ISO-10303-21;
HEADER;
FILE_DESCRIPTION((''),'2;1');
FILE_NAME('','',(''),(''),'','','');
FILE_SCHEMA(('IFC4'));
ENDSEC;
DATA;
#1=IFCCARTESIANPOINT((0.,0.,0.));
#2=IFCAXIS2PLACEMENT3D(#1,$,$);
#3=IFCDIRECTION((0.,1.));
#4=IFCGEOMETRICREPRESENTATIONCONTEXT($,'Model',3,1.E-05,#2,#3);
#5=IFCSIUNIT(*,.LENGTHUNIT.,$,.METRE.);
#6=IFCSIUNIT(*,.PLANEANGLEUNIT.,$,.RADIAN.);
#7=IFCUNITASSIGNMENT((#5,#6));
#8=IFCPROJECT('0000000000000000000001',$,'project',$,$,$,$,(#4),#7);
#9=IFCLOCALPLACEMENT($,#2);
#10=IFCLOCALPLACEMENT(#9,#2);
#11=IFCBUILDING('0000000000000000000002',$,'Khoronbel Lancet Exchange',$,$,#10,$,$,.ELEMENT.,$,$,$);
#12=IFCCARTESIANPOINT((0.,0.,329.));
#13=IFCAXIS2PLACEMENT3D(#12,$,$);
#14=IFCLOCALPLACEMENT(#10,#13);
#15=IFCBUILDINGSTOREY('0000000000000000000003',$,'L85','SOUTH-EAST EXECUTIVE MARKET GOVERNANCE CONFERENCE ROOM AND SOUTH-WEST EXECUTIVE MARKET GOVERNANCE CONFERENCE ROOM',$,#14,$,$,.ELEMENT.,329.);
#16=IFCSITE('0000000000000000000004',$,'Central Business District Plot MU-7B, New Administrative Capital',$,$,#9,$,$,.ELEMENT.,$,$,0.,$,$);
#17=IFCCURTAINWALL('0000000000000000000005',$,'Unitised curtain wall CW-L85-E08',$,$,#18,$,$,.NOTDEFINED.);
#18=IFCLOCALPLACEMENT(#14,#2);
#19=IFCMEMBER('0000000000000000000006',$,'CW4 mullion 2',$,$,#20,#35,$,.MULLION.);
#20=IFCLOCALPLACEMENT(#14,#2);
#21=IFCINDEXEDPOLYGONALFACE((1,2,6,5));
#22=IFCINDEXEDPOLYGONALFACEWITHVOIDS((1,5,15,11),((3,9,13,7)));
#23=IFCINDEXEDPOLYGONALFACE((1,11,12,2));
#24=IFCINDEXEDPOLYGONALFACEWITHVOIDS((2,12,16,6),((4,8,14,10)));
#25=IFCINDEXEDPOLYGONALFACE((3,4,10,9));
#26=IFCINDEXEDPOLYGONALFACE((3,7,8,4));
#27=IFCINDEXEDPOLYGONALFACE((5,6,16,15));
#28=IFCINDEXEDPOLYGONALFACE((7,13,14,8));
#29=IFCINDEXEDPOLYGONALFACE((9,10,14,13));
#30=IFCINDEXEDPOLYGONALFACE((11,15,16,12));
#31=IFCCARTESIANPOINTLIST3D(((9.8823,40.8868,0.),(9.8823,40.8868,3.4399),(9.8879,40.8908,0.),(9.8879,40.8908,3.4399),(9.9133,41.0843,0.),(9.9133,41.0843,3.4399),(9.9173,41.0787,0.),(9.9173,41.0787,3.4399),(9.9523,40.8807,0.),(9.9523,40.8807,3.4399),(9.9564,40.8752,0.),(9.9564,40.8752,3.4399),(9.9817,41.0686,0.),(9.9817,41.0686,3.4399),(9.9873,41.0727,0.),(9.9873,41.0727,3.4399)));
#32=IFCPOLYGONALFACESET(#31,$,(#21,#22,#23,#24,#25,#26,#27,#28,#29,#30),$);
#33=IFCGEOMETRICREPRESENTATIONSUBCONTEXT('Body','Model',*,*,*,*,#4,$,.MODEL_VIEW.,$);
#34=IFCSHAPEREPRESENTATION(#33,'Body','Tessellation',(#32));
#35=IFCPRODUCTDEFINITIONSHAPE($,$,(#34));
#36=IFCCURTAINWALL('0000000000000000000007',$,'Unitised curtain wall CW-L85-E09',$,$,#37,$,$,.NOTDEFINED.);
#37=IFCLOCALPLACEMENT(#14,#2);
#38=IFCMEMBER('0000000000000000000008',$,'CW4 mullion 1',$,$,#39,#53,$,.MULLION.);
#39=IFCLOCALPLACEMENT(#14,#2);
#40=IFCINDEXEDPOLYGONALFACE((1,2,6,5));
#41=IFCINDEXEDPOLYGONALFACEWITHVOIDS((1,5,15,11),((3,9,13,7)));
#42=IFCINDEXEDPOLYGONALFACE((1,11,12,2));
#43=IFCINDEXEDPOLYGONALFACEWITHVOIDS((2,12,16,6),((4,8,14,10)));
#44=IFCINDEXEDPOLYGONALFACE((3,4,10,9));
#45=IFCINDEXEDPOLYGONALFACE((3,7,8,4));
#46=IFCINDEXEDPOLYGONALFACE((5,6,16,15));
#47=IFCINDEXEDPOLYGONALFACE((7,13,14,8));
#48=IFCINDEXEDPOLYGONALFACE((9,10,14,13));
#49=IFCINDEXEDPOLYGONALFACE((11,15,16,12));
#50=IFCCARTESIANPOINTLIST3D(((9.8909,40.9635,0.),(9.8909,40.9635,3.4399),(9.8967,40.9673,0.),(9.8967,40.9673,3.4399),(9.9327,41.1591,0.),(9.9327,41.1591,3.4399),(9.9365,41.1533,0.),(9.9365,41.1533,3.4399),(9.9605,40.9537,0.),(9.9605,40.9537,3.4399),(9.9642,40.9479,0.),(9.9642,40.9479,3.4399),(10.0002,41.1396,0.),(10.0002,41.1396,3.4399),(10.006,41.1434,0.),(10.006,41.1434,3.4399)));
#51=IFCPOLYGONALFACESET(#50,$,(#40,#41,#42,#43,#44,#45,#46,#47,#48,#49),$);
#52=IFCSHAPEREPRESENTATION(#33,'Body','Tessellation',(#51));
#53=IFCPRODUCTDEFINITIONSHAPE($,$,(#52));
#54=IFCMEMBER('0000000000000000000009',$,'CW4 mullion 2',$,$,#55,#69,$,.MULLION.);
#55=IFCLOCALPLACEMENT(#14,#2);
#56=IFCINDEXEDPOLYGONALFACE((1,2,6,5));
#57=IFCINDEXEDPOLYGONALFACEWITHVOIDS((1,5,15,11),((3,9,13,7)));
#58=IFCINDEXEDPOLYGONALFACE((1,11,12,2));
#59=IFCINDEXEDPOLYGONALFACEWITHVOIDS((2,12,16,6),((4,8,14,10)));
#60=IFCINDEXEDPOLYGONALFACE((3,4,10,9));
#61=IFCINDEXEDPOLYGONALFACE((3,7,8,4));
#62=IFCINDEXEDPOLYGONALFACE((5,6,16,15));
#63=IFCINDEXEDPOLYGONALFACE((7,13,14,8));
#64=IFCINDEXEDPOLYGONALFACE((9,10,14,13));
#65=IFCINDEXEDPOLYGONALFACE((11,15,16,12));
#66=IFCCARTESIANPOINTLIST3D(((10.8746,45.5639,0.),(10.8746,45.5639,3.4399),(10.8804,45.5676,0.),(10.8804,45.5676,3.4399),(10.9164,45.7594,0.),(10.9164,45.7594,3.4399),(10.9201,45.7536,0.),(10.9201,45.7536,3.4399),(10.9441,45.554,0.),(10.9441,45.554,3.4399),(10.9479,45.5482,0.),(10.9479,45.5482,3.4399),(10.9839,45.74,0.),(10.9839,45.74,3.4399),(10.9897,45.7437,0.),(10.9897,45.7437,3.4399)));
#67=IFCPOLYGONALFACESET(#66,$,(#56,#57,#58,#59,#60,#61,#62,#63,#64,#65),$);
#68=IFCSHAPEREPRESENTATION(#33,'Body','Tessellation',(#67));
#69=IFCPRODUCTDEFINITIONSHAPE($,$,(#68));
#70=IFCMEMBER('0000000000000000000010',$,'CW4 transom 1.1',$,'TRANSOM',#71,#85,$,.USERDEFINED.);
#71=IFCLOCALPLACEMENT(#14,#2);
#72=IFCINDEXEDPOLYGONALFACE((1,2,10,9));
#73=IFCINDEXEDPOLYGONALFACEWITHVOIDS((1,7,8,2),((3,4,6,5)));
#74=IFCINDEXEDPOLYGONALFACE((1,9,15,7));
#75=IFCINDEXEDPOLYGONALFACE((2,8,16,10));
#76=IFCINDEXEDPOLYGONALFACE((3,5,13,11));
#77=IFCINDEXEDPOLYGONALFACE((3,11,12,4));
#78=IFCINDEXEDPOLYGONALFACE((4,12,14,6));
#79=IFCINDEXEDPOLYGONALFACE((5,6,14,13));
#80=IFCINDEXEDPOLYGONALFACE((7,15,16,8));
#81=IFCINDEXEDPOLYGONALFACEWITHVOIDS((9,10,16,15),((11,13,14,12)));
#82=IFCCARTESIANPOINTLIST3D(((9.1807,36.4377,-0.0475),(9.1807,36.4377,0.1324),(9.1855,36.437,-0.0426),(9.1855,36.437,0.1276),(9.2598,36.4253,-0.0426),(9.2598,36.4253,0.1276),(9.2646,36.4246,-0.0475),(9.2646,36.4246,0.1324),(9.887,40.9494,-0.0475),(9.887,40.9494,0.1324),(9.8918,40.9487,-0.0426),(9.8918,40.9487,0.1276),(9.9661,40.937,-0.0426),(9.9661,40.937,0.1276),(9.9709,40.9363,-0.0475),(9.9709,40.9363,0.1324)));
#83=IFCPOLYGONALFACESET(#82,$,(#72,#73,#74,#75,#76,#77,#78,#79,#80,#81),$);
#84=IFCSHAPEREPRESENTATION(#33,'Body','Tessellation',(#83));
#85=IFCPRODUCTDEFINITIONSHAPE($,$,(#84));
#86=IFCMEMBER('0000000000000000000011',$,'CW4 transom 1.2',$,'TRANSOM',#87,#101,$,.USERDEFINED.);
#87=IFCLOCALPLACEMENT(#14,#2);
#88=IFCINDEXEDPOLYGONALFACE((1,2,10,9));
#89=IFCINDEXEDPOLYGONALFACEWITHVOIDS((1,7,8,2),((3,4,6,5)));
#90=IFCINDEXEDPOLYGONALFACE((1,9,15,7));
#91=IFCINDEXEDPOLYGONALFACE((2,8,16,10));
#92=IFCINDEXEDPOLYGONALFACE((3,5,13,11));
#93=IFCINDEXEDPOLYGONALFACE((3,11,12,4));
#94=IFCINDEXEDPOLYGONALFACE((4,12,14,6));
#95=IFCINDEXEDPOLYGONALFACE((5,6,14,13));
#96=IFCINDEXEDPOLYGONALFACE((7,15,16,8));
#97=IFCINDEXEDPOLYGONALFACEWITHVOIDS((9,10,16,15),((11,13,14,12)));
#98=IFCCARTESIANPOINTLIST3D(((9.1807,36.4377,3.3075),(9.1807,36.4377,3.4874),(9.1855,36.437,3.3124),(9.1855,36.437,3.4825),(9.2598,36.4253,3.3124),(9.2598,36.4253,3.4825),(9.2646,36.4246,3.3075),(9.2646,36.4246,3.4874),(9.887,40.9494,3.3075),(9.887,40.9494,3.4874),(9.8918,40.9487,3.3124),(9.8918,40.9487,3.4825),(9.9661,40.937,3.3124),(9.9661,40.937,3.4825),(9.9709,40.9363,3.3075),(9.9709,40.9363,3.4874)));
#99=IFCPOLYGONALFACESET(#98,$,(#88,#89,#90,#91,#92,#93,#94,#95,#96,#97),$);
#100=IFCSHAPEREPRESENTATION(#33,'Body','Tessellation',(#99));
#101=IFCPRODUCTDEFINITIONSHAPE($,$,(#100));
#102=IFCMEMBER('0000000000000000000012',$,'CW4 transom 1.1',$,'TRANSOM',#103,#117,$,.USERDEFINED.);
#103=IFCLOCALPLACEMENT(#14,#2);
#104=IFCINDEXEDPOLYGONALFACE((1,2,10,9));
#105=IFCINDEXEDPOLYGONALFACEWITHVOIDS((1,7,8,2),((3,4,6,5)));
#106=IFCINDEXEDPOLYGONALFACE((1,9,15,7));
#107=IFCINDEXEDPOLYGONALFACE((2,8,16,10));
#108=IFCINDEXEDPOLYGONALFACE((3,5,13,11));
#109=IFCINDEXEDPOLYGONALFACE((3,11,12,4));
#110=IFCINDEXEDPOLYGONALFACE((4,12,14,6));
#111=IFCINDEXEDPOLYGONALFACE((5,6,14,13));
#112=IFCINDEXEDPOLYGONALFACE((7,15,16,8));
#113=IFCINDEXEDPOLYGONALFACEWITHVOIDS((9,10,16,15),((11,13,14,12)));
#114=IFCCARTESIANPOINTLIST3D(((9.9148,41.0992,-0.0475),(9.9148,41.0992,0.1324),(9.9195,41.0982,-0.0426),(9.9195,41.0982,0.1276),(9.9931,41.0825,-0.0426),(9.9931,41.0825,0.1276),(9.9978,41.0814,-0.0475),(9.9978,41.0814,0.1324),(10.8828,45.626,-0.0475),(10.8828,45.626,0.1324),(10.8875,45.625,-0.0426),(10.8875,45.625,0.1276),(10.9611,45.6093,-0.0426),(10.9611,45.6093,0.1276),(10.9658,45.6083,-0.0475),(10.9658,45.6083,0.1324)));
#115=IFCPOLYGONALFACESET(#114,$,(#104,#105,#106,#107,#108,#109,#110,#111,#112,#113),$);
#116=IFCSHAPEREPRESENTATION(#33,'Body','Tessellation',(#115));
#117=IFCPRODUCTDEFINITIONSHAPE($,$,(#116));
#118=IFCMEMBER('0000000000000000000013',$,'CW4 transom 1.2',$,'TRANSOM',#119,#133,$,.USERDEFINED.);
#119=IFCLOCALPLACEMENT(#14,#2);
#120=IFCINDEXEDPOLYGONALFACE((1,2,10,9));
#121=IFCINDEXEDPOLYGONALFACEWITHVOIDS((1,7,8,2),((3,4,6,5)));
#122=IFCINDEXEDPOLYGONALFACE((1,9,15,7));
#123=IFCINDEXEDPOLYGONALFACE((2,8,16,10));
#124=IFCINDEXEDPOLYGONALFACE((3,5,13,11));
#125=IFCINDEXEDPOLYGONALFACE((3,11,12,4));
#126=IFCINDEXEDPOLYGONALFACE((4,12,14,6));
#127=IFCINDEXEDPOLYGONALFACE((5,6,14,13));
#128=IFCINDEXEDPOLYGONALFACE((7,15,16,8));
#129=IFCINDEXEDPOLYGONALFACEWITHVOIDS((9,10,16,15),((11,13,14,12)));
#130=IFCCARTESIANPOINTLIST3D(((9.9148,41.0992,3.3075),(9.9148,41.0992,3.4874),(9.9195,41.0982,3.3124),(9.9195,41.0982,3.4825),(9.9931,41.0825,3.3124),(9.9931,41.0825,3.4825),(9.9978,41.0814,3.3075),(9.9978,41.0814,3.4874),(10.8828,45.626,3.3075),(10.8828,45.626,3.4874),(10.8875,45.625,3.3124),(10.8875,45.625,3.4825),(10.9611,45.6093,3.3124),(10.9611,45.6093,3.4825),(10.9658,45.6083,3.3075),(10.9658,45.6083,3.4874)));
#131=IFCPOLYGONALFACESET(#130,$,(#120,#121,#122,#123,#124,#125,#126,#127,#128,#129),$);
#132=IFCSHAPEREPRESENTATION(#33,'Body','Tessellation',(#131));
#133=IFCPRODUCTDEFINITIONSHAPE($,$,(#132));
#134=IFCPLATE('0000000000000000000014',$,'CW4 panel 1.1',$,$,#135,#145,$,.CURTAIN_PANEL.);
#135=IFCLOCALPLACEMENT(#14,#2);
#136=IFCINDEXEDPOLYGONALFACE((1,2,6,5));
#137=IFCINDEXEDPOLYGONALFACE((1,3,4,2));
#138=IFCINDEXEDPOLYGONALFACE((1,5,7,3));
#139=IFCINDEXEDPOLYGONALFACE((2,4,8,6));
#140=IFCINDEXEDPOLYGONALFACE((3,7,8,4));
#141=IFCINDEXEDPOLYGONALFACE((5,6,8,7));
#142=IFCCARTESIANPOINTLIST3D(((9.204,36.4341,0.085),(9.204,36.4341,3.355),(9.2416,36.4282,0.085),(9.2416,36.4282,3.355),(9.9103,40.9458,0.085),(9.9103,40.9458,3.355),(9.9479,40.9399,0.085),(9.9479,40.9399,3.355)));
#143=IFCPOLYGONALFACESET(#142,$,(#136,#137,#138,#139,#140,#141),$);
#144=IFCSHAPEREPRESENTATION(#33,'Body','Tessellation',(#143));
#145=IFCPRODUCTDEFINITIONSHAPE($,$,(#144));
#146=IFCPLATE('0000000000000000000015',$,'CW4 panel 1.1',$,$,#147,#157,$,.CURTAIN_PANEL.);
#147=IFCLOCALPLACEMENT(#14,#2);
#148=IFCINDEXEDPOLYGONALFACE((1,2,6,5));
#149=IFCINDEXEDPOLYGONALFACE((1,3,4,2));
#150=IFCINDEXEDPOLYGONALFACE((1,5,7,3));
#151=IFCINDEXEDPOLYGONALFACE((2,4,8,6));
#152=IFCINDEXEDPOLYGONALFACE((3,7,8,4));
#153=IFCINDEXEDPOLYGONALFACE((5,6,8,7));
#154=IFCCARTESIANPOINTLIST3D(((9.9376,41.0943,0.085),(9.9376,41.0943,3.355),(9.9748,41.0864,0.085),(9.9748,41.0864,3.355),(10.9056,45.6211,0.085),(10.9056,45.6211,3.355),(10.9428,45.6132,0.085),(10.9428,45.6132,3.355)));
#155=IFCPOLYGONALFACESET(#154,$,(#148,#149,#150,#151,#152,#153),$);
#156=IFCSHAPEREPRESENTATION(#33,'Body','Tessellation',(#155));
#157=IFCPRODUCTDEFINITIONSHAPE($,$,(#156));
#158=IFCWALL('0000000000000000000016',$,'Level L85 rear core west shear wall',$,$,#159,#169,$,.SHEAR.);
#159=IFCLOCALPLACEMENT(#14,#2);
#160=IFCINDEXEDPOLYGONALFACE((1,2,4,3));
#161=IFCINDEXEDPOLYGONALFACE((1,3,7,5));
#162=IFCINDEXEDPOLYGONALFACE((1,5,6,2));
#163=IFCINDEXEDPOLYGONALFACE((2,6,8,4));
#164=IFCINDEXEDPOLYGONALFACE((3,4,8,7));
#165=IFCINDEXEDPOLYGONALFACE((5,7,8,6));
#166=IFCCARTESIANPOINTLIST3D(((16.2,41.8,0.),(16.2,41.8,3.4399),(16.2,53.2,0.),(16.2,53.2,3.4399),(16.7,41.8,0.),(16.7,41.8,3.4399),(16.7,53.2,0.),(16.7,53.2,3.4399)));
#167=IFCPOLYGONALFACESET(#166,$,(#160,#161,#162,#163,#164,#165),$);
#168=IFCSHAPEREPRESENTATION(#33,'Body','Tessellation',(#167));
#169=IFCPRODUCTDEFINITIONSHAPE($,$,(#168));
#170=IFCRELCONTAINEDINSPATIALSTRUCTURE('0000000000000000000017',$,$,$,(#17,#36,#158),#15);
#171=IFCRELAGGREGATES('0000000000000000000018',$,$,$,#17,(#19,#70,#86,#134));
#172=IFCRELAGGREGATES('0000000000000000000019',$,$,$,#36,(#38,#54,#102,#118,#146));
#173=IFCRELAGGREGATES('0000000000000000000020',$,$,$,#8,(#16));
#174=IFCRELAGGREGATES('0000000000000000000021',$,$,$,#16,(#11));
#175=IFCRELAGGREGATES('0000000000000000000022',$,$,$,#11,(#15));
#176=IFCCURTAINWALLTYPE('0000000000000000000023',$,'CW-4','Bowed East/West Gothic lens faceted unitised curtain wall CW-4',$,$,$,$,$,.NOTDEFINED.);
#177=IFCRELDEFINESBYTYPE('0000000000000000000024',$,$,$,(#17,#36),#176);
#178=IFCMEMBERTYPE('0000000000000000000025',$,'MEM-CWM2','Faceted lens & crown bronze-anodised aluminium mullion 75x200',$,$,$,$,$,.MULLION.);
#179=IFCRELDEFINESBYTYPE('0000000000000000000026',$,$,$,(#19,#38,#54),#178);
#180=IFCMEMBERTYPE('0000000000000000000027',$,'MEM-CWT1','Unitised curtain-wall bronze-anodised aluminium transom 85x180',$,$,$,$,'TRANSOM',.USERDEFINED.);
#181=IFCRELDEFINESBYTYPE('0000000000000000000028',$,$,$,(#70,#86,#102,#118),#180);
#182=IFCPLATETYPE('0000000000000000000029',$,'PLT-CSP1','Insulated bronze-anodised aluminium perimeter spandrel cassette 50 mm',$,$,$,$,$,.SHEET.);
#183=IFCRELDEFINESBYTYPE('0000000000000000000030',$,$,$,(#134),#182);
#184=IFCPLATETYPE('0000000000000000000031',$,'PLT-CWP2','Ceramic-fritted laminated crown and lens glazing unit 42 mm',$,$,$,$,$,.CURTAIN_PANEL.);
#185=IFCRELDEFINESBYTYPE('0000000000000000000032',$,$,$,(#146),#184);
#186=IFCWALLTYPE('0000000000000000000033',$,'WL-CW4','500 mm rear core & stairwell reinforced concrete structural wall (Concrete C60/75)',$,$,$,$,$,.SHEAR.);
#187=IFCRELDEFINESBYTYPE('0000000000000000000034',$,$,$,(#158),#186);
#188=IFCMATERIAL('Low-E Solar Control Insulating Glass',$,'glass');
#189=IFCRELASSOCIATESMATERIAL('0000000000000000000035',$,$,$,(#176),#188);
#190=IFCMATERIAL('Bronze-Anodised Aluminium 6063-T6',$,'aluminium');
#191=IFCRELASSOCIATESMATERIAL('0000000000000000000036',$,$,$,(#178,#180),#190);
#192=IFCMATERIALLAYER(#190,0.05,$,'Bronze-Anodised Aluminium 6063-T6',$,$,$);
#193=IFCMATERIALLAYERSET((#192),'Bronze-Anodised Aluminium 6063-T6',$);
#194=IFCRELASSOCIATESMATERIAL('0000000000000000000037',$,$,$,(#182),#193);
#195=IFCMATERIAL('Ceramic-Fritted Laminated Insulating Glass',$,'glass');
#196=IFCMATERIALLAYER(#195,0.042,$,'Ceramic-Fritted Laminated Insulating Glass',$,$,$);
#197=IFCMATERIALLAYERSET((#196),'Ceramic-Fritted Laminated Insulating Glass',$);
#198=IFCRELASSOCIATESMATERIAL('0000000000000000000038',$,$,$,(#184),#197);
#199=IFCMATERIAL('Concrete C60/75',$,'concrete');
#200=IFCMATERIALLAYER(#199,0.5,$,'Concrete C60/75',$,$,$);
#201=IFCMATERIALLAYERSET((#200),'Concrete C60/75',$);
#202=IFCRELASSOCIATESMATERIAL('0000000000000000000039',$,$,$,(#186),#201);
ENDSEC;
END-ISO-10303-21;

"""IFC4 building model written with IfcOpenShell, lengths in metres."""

from ifc_helpers import new_model, si_unit, direction, frame, frame_2d, origin, origin_2d, place, context, subcontext, project, spatial, rectangle, hollow_rectangle, extrude, material, layer, layer_set, material_profile, profile_set, type_object, element, aggregate, save


model = new_model("IFC4")

# Units and contexts
model_context = context("Model", 3, precision=1e-05, world=origin(), true_north=direction((0.0, 1.0)))
body_context = subcontext(model_context, "Body", "Model", "MODEL_VIEW")
ifc_project = project(units=[si_unit("LENGTHUNIT", "METRE"), si_unit("PLANEANGLEUNIT", "RADIAN")], contexts=[model_context])

# Site, building, storey
site_placement = place(None, origin())
site = spatial("IfcSite", under=ifc_project, at=site_placement, Name="Central Business District Plot MU-7B, New Administrative Capital", CompositionType="ELEMENT", RefElevation=0.0)
building_placement = place(site_placement, origin())
building = spatial("IfcBuilding", under=site, at=building_placement, Name="Khoronbel Lancet Exchange", CompositionType="ELEMENT")
storey_placement = place(building_placement, frame((0.0, 0.0, 329.0)))
storey = spatial("IfcBuildingStorey", under=building, at=storey_placement, Name="L85", Description="SOUTH-EAST EXECUTIVE MARKET GOVERNANCE CONFERENCE ROOM AND SOUTH-WEST EXECUTIVE MARKET GOVERNANCE CONFERENCE ROOM", CompositionType="ELEMENT", Elevation=329.0)

# Shared definitions
ifc_material_1 = material(Name="Low-E Solar Control Insulating Glass", Category="glass")
curtain_wall_type = type_object("IfcCurtainWallType", Name="CW-4", Description="Bowed East/West Gothic lens faceted unitised curtain wall CW-4", PredefinedType="NOTDEFINED", material=ifc_material_1)
ifc_material_2 = material(Name="Bronze-Anodised Aluminium 6063-T6", Category="aluminium")
ifc_material_profile_1 = material_profile(ifc_material_2, hollow_rectangle(XDim=0.075, YDim=0.2, WallThickness=0.0049, at=origin_2d()), Name="ALU MULLION 75x200")
ifc_profile_set_1 = profile_set([ifc_material_profile_1], Name="Bronze-Anodised Aluminium 6063-T6")
member_type_1 = type_object("IfcMemberType", Name="MEM-CWM2", Description="Faceted lens & crown bronze-anodised aluminium mullion 75x200", PredefinedType="MULLION", material=ifc_profile_set_1)

# Curtain walls, members
curtain_wall_1_placement = place(storey_placement, origin())
curtain_wall_1 = element("IfcCurtainWall", 1, at=curtain_wall_1_placement, inside=storey, type_object=curtain_wall_type, Name="Unitised curtain wall CW-L85-E08", PredefinedType="NOTDEFINED")
member_1_placement = place(storey_placement, frame((9.9348, 40.9797, 0.0), z_axis=(0.0, 0.0, 1.0), x_axis=(-0.987967, 0.154668, 0.0)))
member_1 = element("IfcMember", 2, at=member_1_placement, type_object=member_type_1, Name="CW4 mullion 2", PredefinedType="MULLION", context=body_context, shape_type="SweptSolid", body=[
    extrude(hollow_rectangle(XDim=0.075, YDim=0.2, WallThickness=0.0049, at=origin_2d()), origin(), (0.0, 0.0, 1.0), 3.4399),
])
curtain_wall_2_placement = place(storey_placement, origin())
curtain_wall_2 = element("IfcCurtainWall", 3, at=curtain_wall_2_placement, inside=storey, type_object=curtain_wall_type, Name="Unitised curtain wall CW-L85-E09", PredefinedType="NOTDEFINED")
member_2_placement = place(storey_placement, frame((9.9485, 41.0535, 0.0), z_axis=(0.0, 0.0, 1.0), x_axis=(-0.977892, 0.209112, 0.0)))
member_2 = element("IfcMember", 4, at=member_2_placement, type_object=member_type_1, Name="CW4 mullion 1", PredefinedType="MULLION", context=body_context, shape_type="SweptSolid", body=[
    extrude(hollow_rectangle(XDim=0.075, YDim=0.2, WallThickness=0.0049, at=origin_2d()), origin(), (0.0, 0.0, 1.0), 3.4399),
])
member_3_placement = place(storey_placement, frame((10.9321, 45.6538, 0.0), z_axis=(0.0, 0.0, 1.0), x_axis=(-0.977892, 0.209112, 0.0)))
member_3 = element("IfcMember", 5, at=member_3_placement, type_object=member_type_1, Name="CW4 mullion 2", PredefinedType="MULLION", context=body_context, shape_type="SweptSolid", body=[
    extrude(hollow_rectangle(XDim=0.075, YDim=0.2, WallThickness=0.0049, at=origin_2d()), origin(), (0.0, 0.0, 1.0), 3.4399),
])

# Members
ifc_material_profile_2 = material_profile(ifc_material_2, hollow_rectangle(XDim=0.085, YDim=0.1799, WallThickness=0.0049, at=origin_2d()), Name="ALU TRANSOM 85x180")
ifc_profile_set_2 = profile_set([ifc_material_profile_2], Name="Bronze-Anodised Aluminium 6063-T6")
member_type_2 = type_object("IfcMemberType", Name="MEM-CWT1", Description="Unitised curtain-wall bronze-anodised aluminium transom 85x180", ElementType="TRANSOM", PredefinedType="USERDEFINED", material=ifc_profile_set_2)
member_4_placement = place(storey_placement, frame((9.2227, 36.4312, 0.0425), z_axis=(0.154664, 0.987967, 0.0), x_axis=(-0.987967, 0.154664, 0.0)))
member_4 = element("IfcMember", 6, at=member_4_placement, type_object=member_type_2, Name="CW4 transom 1.1", ObjectType="TRANSOM", PredefinedType="USERDEFINED", context=body_context, shape_type="SweptSolid", body=[
    extrude(hollow_rectangle(XDim=0.085, YDim=0.1799, WallThickness=0.0049, at=origin_2d()), origin(), (0.0, 0.0, 1.0), 4.5667),
])
member_5_placement = place(storey_placement, frame((9.2227, 36.4312, 3.3975), z_axis=(0.154664, 0.987967, 0.0), x_axis=(-0.987967, 0.154664, 0.0)))
member_5 = element("IfcMember", 7, at=member_5_placement, type_object=member_type_2, Name="CW4 transom 1.2", ObjectType="TRANSOM", PredefinedType="USERDEFINED", context=body_context, shape_type="SweptSolid", body=[
    extrude(hollow_rectangle(XDim=0.085, YDim=0.1799, WallThickness=0.0049, at=origin_2d()), origin(), (0.0, 0.0, 1.0), 4.5667),
])
member_6_placement = place(storey_placement, frame((9.9563, 41.0903, 0.0425), z_axis=(0.209111, 0.977892, 0.0), x_axis=(-0.977892, 0.209111, 0.0)))
member_6 = element("IfcMember", 8, at=member_6_placement, type_object=member_type_2, Name="CW4 transom 1.1", ObjectType="TRANSOM", PredefinedType="USERDEFINED", context=body_context, shape_type="SweptSolid", body=[
    extrude(hollow_rectangle(XDim=0.085, YDim=0.1799, WallThickness=0.0049, at=origin_2d()), origin(), (0.0, 0.0, 1.0), 4.6292),
])
member_7_placement = place(storey_placement, frame((9.9563, 41.0903, 3.3975), z_axis=(0.209111, 0.977892, 0.0), x_axis=(-0.977892, 0.209111, 0.0)))
member_7 = element("IfcMember", 9, at=member_7_placement, type_object=member_type_2, Name="CW4 transom 1.2", ObjectType="TRANSOM", PredefinedType="USERDEFINED", context=body_context, shape_type="SweptSolid", body=[
    extrude(hollow_rectangle(XDim=0.085, YDim=0.1799, WallThickness=0.0049, at=origin_2d()), origin(), (0.0, 0.0, 1.0), 4.6292),
])

# Plates
ifc_layer_1 = layer(ifc_material_2, 0.05, Name="Bronze-Anodised Aluminium 6063-T6")
ifc_layer_set_1 = layer_set([ifc_layer_1], Name="Bronze-Anodised Aluminium 6063-T6")
plate_type_1 = type_object("IfcPlateType", Name="PLT-CSP1", Description="Insulated bronze-anodised aluminium perimeter spandrel cassette 50 mm", PredefinedType="SHEET", material=ifc_layer_set_1)
plate_1_placement = place(storey_placement, frame((9.5759, 38.687, 0.085), z_axis=(0.0, 0.0, 1.0), x_axis=(0.154668, 0.987967, 0.0)))
plate_1 = element("IfcPlate", 10, at=plate_1_placement, type_object=plate_type_1, Name="CW4 panel 1.1", PredefinedType="CURTAIN_PANEL", context=body_context, shape_type="SweptSolid", body=[
    extrude(rectangle(XDim=4.5667, YDim=0.0381, at=origin_2d()), origin(), (0.0, 0.0, 1.0), 3.27),
])
aggregate(curtain_wall_1, [member_1, member_4, member_5, plate_1])
ifc_material_3 = material(Name="Ceramic-Fritted Laminated Insulating Glass", Category="glass")
ifc_layer_2 = layer(ifc_material_3, 0.042, Name="Ceramic-Fritted Laminated Insulating Glass")
ifc_layer_set_2 = layer_set([ifc_layer_2], Name="Ceramic-Fritted Laminated Insulating Glass")
plate_type_2 = type_object("IfcPlateType", Name="PLT-CWP2", Description="Ceramic-fritted laminated crown and lens glazing unit 42 mm", PredefinedType="CURTAIN_PANEL", material=ifc_layer_set_2)
plate_2_placement = place(storey_placement, frame((10.4402, 43.3538, 0.085), z_axis=(0.0, 0.0, 1.0), x_axis=(0.209112, 0.977892, 0.0)))
plate_2 = element("IfcPlate", 11, at=plate_2_placement, type_object=plate_type_2, Name="CW4 panel 1.1", PredefinedType="CURTAIN_PANEL", context=body_context, shape_type="SweptSolid", body=[
    extrude(rectangle(XDim=4.6292, YDim=0.0381, at=origin_2d()), origin(), (0.0, 0.0, 1.0), 3.27),
])
aggregate(curtain_wall_2, [member_2, member_3, member_6, member_7, plate_2])

# Wall
ifc_material_4 = material(Name="Concrete C60/75", Category="concrete")
ifc_layer_3 = layer(ifc_material_4, 0.5, Name="Concrete C60/75")
ifc_layer_set_3 = layer_set([ifc_layer_3], Name="Concrete C60/75")
wall_type_1 = type_object("IfcWallType", Name="WL-CW4", Description="500 mm rear core & stairwell reinforced concrete structural wall (Concrete C60/75)", PredefinedType="SHEAR", material=ifc_layer_set_3)
wall_1_placement = place(storey_placement, frame((16.45, 41.8, 0.0), z_axis=(0.0, 0.0, 1.0), x_axis=(0.0, 1.0, 0.0)))
element("IfcWall", 12, at=wall_1_placement, inside=storey, type_object=wall_type_1, Name="Level L85 rear core west shear wall", PredefinedType="SHEAR", context=body_context, shape_type="SweptSolid", body=[
    extrude(rectangle(XDim=11.3999, YDim=0.5, at=frame_2d((5.7, 0.0))), origin(), (0.0, 0.0, 1.0), 3.4399),
])

save(model, "model.ifc")
